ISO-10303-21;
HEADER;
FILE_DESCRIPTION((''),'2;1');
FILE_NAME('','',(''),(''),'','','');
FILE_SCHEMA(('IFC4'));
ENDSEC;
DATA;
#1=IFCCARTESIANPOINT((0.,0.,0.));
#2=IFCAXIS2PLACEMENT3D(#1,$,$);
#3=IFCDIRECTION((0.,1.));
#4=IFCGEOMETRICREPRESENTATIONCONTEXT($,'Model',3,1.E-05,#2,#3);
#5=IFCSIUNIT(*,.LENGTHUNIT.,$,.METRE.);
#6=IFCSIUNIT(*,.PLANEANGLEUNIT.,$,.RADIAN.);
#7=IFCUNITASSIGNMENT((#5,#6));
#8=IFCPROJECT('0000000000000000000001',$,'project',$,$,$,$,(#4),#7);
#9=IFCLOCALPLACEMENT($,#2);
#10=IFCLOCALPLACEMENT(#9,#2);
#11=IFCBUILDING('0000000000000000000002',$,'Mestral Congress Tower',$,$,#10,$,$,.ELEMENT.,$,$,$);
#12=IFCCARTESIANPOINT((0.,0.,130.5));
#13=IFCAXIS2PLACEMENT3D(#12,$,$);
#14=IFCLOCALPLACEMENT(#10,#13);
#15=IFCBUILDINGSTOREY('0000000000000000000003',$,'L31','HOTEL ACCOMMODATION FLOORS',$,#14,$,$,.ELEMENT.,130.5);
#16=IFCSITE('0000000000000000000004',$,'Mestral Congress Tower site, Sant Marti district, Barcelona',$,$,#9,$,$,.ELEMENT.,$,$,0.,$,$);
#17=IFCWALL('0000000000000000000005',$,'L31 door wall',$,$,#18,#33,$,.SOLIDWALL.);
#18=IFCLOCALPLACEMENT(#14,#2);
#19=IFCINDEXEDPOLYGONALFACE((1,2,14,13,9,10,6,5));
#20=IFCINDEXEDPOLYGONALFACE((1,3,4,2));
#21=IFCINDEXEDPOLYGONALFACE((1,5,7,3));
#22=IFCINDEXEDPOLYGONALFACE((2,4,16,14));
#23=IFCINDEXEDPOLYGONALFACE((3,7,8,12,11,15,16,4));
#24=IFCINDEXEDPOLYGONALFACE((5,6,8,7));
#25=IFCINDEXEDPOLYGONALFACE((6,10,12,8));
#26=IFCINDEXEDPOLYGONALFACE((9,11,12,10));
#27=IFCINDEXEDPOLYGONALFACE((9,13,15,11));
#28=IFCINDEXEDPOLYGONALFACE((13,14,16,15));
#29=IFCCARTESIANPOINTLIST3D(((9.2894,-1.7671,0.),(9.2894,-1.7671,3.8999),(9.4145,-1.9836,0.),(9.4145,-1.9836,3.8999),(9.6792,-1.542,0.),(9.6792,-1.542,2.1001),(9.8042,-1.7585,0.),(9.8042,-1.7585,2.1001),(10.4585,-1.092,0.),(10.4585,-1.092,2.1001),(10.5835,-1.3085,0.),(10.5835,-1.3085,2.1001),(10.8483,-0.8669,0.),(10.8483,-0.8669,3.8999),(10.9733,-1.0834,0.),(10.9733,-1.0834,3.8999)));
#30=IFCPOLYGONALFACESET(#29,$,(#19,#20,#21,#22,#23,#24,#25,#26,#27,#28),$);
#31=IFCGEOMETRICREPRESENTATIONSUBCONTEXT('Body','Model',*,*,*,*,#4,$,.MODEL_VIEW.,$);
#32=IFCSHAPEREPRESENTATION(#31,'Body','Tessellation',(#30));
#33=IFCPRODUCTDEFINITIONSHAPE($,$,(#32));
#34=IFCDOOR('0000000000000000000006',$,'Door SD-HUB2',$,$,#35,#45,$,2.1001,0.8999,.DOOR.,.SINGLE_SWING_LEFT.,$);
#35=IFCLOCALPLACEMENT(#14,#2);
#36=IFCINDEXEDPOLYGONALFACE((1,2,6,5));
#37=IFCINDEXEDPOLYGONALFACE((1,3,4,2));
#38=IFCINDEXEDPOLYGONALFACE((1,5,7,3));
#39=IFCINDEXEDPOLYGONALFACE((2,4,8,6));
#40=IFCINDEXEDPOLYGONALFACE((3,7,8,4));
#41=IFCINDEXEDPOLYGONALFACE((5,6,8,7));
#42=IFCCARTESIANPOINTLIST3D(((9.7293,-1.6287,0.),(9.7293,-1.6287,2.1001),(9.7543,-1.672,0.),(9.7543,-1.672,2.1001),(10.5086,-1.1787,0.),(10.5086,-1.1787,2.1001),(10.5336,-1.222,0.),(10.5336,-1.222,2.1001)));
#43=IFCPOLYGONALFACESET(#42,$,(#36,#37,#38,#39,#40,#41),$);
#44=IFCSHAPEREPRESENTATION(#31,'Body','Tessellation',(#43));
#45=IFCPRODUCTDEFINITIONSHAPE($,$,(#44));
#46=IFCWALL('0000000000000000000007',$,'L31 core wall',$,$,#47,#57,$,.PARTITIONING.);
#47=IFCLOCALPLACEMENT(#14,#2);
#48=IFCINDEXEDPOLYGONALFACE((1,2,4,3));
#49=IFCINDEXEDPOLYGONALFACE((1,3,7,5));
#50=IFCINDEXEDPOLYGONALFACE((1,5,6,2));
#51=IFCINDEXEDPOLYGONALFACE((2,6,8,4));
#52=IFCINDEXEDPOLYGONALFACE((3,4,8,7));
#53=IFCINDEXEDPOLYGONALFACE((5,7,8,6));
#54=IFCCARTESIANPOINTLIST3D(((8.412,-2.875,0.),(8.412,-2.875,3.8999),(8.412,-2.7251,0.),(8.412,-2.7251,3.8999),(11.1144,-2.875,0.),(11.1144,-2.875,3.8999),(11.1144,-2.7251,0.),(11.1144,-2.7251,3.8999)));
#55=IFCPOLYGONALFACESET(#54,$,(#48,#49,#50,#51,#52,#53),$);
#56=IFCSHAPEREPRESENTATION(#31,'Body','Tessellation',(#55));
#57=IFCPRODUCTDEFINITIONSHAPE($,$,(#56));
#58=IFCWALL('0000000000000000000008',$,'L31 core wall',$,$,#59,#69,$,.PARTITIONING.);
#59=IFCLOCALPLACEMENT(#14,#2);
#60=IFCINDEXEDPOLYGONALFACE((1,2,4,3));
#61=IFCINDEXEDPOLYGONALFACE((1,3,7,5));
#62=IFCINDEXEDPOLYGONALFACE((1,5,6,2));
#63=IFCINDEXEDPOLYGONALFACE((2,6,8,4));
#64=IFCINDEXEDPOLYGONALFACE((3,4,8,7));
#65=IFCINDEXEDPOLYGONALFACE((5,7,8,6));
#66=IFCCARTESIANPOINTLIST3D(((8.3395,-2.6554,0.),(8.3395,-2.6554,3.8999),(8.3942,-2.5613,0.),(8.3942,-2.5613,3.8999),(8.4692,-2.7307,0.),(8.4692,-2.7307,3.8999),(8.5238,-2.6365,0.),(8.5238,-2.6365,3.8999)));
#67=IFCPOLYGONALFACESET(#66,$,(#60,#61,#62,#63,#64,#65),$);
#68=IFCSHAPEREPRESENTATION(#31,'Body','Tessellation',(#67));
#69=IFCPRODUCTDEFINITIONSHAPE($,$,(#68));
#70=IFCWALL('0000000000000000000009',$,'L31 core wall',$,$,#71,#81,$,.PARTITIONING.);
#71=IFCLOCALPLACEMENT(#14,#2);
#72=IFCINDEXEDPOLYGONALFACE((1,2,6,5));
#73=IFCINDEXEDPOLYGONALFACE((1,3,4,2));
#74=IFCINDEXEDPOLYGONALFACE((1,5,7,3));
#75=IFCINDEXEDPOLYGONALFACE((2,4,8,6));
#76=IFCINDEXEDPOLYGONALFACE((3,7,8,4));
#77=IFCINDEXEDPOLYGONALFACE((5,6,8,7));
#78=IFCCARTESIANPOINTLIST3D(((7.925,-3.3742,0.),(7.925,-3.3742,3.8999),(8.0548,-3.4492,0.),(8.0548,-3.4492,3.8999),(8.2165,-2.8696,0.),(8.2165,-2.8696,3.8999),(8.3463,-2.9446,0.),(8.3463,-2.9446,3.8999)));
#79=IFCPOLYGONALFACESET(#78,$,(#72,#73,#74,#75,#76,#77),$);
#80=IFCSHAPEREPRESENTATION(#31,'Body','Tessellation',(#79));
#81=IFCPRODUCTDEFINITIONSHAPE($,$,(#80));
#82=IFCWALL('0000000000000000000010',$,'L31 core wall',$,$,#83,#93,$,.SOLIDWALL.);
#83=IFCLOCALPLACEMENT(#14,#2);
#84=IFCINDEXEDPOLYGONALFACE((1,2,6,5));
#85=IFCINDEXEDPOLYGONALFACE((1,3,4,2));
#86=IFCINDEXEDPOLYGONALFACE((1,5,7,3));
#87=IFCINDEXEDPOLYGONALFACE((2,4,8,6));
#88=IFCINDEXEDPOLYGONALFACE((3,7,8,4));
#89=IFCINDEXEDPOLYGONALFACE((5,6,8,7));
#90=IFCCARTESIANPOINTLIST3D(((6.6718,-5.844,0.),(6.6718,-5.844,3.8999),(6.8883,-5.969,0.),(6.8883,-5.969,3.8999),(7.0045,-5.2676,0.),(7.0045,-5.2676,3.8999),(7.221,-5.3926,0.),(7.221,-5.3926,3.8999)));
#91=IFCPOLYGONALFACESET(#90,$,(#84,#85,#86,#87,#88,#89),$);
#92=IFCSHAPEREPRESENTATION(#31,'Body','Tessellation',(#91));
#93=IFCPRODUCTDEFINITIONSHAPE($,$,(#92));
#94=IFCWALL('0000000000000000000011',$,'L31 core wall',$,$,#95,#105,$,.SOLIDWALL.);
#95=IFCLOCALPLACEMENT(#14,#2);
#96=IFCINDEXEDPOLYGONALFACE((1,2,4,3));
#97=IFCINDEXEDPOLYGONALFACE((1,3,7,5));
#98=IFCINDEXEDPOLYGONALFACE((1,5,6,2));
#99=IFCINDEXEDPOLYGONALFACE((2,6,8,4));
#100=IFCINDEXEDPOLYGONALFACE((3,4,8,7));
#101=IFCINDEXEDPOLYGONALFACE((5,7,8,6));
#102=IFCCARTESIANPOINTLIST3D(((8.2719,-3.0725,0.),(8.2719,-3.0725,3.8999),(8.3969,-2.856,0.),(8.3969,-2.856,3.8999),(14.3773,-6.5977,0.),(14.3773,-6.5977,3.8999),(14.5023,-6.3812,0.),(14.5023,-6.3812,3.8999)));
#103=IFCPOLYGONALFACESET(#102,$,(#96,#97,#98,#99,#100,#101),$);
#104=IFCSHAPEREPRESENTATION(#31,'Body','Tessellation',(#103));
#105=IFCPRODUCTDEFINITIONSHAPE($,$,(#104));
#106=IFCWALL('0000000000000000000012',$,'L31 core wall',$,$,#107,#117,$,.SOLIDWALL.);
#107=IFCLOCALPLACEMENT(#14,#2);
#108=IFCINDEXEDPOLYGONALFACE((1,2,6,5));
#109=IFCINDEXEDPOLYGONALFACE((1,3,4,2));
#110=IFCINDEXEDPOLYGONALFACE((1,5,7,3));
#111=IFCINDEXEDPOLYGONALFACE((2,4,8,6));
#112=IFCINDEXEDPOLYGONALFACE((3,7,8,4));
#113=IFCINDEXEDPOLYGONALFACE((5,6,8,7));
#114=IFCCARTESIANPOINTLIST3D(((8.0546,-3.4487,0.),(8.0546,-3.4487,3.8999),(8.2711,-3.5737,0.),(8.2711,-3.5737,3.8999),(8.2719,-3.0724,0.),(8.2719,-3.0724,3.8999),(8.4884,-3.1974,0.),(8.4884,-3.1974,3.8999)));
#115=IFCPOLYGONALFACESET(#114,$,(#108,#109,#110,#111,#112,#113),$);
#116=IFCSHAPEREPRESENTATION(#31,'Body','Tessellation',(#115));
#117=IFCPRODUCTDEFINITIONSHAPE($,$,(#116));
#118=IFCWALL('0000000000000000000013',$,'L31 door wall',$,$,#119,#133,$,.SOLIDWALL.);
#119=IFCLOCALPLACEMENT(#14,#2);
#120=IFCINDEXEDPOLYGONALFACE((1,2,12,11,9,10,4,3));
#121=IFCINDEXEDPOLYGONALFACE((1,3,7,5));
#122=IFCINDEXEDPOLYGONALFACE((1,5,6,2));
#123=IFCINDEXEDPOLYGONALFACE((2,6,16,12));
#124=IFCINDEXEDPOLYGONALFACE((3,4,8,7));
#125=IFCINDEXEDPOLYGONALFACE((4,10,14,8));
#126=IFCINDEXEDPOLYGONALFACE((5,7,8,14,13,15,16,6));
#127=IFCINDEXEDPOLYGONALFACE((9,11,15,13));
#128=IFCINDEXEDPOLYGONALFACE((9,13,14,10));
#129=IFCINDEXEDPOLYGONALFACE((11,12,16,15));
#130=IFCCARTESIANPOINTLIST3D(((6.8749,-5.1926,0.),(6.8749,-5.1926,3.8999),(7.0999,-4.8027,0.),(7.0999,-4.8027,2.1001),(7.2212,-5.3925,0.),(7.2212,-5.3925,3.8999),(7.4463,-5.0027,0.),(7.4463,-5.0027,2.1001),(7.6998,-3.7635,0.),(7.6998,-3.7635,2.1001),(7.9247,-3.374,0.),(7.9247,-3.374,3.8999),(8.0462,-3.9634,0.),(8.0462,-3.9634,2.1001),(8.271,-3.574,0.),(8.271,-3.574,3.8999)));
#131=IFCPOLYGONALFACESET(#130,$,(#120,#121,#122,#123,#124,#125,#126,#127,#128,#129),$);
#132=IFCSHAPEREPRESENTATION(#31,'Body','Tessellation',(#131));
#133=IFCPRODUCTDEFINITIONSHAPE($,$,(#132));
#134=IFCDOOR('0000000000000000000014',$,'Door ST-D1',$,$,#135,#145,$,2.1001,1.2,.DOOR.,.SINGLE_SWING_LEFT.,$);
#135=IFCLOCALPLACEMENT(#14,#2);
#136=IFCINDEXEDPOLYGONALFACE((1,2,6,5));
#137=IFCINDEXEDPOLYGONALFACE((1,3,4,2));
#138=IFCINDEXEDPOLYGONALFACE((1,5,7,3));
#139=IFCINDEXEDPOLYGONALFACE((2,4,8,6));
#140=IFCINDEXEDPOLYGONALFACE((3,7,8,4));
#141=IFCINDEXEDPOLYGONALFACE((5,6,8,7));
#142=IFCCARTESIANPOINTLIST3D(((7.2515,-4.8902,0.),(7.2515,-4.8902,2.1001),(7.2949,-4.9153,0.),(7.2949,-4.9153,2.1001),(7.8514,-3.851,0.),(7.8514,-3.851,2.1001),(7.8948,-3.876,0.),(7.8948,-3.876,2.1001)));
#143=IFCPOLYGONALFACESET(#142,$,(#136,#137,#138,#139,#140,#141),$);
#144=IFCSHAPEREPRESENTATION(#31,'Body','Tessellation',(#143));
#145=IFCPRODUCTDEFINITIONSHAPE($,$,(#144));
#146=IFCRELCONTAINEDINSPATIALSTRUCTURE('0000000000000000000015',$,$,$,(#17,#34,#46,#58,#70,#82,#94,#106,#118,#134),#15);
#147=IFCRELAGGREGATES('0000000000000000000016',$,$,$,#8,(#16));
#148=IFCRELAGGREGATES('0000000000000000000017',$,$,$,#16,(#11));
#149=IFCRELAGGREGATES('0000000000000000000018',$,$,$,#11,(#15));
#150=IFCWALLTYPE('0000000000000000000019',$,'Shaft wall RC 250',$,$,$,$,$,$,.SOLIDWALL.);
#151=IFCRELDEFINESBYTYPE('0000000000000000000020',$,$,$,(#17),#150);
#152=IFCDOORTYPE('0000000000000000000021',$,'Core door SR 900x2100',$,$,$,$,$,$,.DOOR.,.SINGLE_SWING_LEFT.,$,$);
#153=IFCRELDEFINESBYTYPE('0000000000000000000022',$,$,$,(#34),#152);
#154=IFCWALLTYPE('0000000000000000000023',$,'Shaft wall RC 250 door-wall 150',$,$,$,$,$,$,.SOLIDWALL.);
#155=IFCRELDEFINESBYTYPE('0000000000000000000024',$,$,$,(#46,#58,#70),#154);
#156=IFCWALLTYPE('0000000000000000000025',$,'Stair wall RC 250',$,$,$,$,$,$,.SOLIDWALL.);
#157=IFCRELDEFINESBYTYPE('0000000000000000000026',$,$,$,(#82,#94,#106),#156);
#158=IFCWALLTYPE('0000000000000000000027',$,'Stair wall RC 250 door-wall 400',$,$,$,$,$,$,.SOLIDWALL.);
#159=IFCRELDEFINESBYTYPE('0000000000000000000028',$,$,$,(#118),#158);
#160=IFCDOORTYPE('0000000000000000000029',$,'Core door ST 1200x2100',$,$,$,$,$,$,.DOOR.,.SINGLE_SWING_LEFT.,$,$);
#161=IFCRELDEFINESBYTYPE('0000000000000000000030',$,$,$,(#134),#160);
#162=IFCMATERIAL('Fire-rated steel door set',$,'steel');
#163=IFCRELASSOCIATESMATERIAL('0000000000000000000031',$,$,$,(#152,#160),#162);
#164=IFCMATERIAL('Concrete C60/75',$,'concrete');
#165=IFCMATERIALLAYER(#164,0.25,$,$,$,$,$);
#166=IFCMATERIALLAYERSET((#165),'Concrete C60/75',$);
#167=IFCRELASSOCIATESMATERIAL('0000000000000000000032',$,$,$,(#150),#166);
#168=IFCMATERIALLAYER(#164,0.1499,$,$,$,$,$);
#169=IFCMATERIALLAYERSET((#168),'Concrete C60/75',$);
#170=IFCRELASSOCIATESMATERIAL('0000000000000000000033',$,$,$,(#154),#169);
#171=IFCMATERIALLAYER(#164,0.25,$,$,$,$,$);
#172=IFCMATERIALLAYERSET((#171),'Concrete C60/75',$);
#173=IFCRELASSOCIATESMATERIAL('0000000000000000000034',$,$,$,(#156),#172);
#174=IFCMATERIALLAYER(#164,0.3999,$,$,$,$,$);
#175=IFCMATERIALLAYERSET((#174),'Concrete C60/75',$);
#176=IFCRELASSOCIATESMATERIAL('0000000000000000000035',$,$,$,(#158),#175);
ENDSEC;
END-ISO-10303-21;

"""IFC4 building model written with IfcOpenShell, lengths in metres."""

from ifc_helpers import new_model, si_unit, direction, frame, frame_2d, origin, place, context, subcontext, project, spatial, rectangle, extrude, material, layer, layer_set, type_object, element, fill, save


model = new_model("IFC4")

# Units and contexts
model_context = context("Model", 3, precision=1e-05, world=origin(), true_north=direction((0.0, 1.0)))
body_context = subcontext(model_context, "Body", "Model", "MODEL_VIEW")
ifc_project = project(units=[si_unit("LENGTHUNIT", "METRE"), si_unit("PLANEANGLEUNIT", "RADIAN")], contexts=[model_context])

# Site, building, storey
site_placement = place(None, origin())
site = spatial("IfcSite", under=ifc_project, at=site_placement, Name="Mestral Congress Tower site, Sant Marti district, Barcelona", CompositionType="ELEMENT", RefElevation=0.0)
building_placement = place(site_placement, origin())
building = spatial("IfcBuilding", under=site, at=building_placement, Name="Mestral Congress Tower", CompositionType="ELEMENT")
storey_placement = place(building_placement, frame((0.0, 0.0, 130.5)))
storey = spatial("IfcBuildingStorey", under=building, at=storey_placement, Name="L31", Description="HOTEL ACCOMMODATION FLOORS", CompositionType="ELEMENT", Elevation=130.5)

# Shared definitions
ifc_material_1 = material(Name="Fire-rated steel door set", Category="steel")
door_type_1 = type_object("IfcDoorType", Name="Core door SR 900x2100", OperationType="SINGLE_SWING_LEFT", PredefinedType="DOOR", material=ifc_material_1)

# Shared definitions
ifc_material_2 = material(Name="Concrete C60/75", Category="concrete")
ifc_layer_1 = layer(ifc_material_2, 0.25)
ifc_layer_set_1 = layer_set([ifc_layer_1], Name="Concrete C60/75")
wall_type_1 = type_object("IfcWallType", Name="Shaft wall RC 250", PredefinedType="SOLIDWALL", material=ifc_layer_set_1)

# Wall, opening, door
wall_1_placement = place(storey_placement, frame((9.3521, -1.8752, 0.0), z_axis=(0.0, 0.0, 1.0), x_axis=(0.865989, 0.500063, 0.0)))
wall_1 = element("IfcWall", 1, at=wall_1_placement, inside=storey, type_object=wall_type_1, Name="L31 door wall", PredefinedType="SOLIDWALL", context=body_context, shape_type="SweptSolid", body=[
    extrude(rectangle(XDim=1.8, YDim=0.25, at=frame_2d((0.8999, 0.0))), origin(), (0.0, 0.0, 1.0), 3.8999),
])
opening_1_placement = place(wall_1_placement, frame((0.45, 0.0, 0.0)))
opening_1 = element("IfcOpeningElement", 2, at=opening_1_placement, cuts=wall_1, PredefinedType="OPENING", context=body_context, shape_type="SweptSolid", body=[
    extrude(rectangle(XDim=0.8999, YDim=2.1001, at=frame_2d((0.45, 1.05))), frame((0.0, 0.135, 0.0), z_axis=(0.0, -1.0, 0.0), x_axis=(1.0, 0.0, 0.0)), (0.0, 0.0, 1.0), 0.27),
])
door_1_placement = place(opening_1_placement, origin())
door_1 = element("IfcDoor", 3, at=door_1_placement, inside=storey, type_object=door_type_1, Name="Door SD-HUB2", OperationType="SINGLE_SWING_LEFT", OverallHeight=2.1001, OverallWidth=0.8999, PredefinedType="DOOR", context=body_context, shape_type="SweptSolid", body=[
    extrude(rectangle(XDim=0.8999, YDim=2.1001, at=frame_2d((0.45, 1.05))), frame((0.0, 0.0249, 0.0), z_axis=(0.0, -1.0, 0.0), x_axis=(1.0, 0.0, 0.0)), (0.0, 0.0, 1.0), 0.05),
])
fill(opening_1, door_1)

# Walls
ifc_layer_2 = layer(ifc_material_2, 0.1499)
ifc_layer_set_2 = layer_set([ifc_layer_2], Name="Concrete C60/75")
wall_type_2 = type_object("IfcWallType", Name="Shaft wall RC 250 door-wall 150", PredefinedType="SOLIDWALL", material=ifc_layer_set_2)
wall_2_placement = place(storey_placement, frame((8.4121, -2.8, 0.0), z_axis=(0.0, 0.0, 1.0), x_axis=(1.0, 0.0, 0.0)))
element("IfcWall", 4, at=wall_2_placement, inside=storey, type_object=wall_type_2, Name="L31 core wall", PredefinedType="PARTITIONING", context=body_context, shape_type="SweptSolid", body=[
    extrude(rectangle(XDim=2.7024, YDim=0.1499, at=frame_2d((1.3511, 0.0))), origin(), (0.0, 0.0, 1.0), 3.8999),
])
wall_3_placement = place(storey_placement, frame((8.459, -2.5989, 0.0), z_axis=(0.0, 0.0, 1.0), x_axis=(-0.501919, -0.864914, 0.0)))
element("IfcWall", 5, at=wall_3_placement, inside=storey, type_object=wall_type_2, Name="L31 core wall", PredefinedType="PARTITIONING", context=body_context, shape_type="SweptSolid", body=[
    extrude(rectangle(XDim=0.1089, YDim=0.1499, at=frame_2d((0.0544, 0.0))), origin(), (0.0, 0.0, 1.0), 3.8999),
])
wall_4_placement = place(storey_placement, frame((8.2815, -2.907, 0.0), z_axis=(0.0, 0.0, 1.0), x_axis=(-0.500194, -0.865913, 0.0)))
element("IfcWall", 6, at=wall_4_placement, inside=storey, type_object=wall_type_2, Name="L31 core wall", PredefinedType="PARTITIONING", context=body_context, shape_type="SweptSolid", body=[
    extrude(rectangle(XDim=0.5828, YDim=0.1499, at=frame_2d((0.2915, 0.0))), origin(), (0.0, 0.0, 1.0), 3.8999),
])
ifc_layer_3 = layer(ifc_material_2, 0.25)
ifc_layer_set_3 = layer_set([ifc_layer_3], Name="Concrete C60/75")
wall_type_3 = type_object("IfcWallType", Name="Stair wall RC 250", PredefinedType="SOLIDWALL", material=ifc_layer_set_3)
wall_5_placement = place(storey_placement, frame((7.1128, -5.3301, 0.0), z_axis=(0.0, 0.0, 1.0), x_axis=(-0.499966, -0.866045, 0.0)))
element("IfcWall", 7, at=wall_5_placement, inside=storey, type_object=wall_type_3, Name="L31 core wall", PredefinedType="SOLIDWALL", context=body_context, shape_type="SweptSolid", body=[
    extrude(rectangle(XDim=0.6655, YDim=0.25, at=frame_2d((0.3328, 0.0))), origin(), (0.0, 0.0, 1.0), 3.8999),
])
wall_6_placement = place(storey_placement, frame((8.3345, -2.9644, 0.0), z_axis=(0.0, 0.0, 1.0), x_axis=(0.866016, -0.500016, 0.0)))
element("IfcWall", 8, at=wall_6_placement, inside=storey, type_object=wall_type_3, Name="L31 core wall", PredefinedType="SOLIDWALL", context=body_context, shape_type="SweptSolid", body=[
    extrude(rectangle(XDim=7.05, YDim=0.25, at=frame_2d((3.5249, 0.0))), origin(), (0.0, 0.0, 1.0), 3.8999),
])
wall_7_placement = place(storey_placement, frame((8.1628, -3.5112, 0.0), z_axis=(0.0, 0.0, 1.0), x_axis=(0.500128, 0.865952, 0.0)))
element("IfcWall", 9, at=wall_7_placement, inside=storey, type_object=wall_type_3, Name="L31 core wall", PredefinedType="SOLIDWALL", context=body_context, shape_type="SweptSolid", body=[
    extrude(rectangle(XDim=0.4346, YDim=0.25, at=frame_2d((0.2173, 0.0))), origin(), (0.0, 0.0, 1.0), 3.8999),
])

# Wall, opening, door
ifc_layer_4 = layer(ifc_material_2, 0.3999)
ifc_layer_set_4 = layer_set([ifc_layer_4], Name="Concrete C60/75")
wall_type_4 = type_object("IfcWallType", Name="Stair wall RC 250 door-wall 400", PredefinedType="SOLIDWALL", material=ifc_layer_set_4)
wall_8_placement = place(storey_placement, frame((7.0481, -5.2925, 0.0), z_axis=(0.0, 0.0, 1.0), x_axis=(0.499941, 0.86606, 0.0)))
wall_8 = element("IfcWall", 10, at=wall_8_placement, inside=storey, type_object=wall_type_4, Name="L31 door wall", PredefinedType="SOLIDWALL", context=body_context, shape_type="SweptSolid", body=[
    extrude(rectangle(XDim=2.0999, YDim=0.3999, at=frame_2d((1.0498, 0.0))), origin(), (0.0, 0.0, 1.0), 3.8999),
])
opening_2_placement = place(wall_8_placement, frame((0.45, 0.0, 0.0)))
opening_2 = element("IfcOpeningElement", 11, at=opening_2_placement, cuts=wall_8, PredefinedType="OPENING", context=body_context, shape_type="SweptSolid", body=[
    extrude(rectangle(XDim=1.2, YDim=2.1001, at=frame_2d((0.6001, 1.05))), frame((0.0, 0.21, 0.0), z_axis=(0.0, -1.0, 0.0), x_axis=(1.0, 0.0, 0.0)), (0.0, 0.0, 1.0), 0.4199),
])
door_type_2 = type_object("IfcDoorType", Name="Core door ST 1200x2100", OperationType="SINGLE_SWING_LEFT", PredefinedType="DOOR", material=ifc_material_1)
door_2_placement = place(opening_2_placement, origin())
door_2 = element("IfcDoor", 12, at=door_2_placement, inside=storey, type_object=door_type_2, Name="Door ST-D1", OperationType="SINGLE_SWING_LEFT", OverallHeight=2.1001, OverallWidth=1.2, PredefinedType="DOOR", context=body_context, shape_type="SweptSolid", body=[
    extrude(rectangle(XDim=1.2, YDim=2.1001, at=frame_2d((0.6001, 1.05))), frame((0.0, 0.0249, 0.0), z_axis=(0.0, -1.0, 0.0), x_axis=(1.0, 0.0, 0.0)), (0.0, 0.0, 1.0), 0.05),
])
fill(opening_2, door_2)

save(model, "model.ifc")
